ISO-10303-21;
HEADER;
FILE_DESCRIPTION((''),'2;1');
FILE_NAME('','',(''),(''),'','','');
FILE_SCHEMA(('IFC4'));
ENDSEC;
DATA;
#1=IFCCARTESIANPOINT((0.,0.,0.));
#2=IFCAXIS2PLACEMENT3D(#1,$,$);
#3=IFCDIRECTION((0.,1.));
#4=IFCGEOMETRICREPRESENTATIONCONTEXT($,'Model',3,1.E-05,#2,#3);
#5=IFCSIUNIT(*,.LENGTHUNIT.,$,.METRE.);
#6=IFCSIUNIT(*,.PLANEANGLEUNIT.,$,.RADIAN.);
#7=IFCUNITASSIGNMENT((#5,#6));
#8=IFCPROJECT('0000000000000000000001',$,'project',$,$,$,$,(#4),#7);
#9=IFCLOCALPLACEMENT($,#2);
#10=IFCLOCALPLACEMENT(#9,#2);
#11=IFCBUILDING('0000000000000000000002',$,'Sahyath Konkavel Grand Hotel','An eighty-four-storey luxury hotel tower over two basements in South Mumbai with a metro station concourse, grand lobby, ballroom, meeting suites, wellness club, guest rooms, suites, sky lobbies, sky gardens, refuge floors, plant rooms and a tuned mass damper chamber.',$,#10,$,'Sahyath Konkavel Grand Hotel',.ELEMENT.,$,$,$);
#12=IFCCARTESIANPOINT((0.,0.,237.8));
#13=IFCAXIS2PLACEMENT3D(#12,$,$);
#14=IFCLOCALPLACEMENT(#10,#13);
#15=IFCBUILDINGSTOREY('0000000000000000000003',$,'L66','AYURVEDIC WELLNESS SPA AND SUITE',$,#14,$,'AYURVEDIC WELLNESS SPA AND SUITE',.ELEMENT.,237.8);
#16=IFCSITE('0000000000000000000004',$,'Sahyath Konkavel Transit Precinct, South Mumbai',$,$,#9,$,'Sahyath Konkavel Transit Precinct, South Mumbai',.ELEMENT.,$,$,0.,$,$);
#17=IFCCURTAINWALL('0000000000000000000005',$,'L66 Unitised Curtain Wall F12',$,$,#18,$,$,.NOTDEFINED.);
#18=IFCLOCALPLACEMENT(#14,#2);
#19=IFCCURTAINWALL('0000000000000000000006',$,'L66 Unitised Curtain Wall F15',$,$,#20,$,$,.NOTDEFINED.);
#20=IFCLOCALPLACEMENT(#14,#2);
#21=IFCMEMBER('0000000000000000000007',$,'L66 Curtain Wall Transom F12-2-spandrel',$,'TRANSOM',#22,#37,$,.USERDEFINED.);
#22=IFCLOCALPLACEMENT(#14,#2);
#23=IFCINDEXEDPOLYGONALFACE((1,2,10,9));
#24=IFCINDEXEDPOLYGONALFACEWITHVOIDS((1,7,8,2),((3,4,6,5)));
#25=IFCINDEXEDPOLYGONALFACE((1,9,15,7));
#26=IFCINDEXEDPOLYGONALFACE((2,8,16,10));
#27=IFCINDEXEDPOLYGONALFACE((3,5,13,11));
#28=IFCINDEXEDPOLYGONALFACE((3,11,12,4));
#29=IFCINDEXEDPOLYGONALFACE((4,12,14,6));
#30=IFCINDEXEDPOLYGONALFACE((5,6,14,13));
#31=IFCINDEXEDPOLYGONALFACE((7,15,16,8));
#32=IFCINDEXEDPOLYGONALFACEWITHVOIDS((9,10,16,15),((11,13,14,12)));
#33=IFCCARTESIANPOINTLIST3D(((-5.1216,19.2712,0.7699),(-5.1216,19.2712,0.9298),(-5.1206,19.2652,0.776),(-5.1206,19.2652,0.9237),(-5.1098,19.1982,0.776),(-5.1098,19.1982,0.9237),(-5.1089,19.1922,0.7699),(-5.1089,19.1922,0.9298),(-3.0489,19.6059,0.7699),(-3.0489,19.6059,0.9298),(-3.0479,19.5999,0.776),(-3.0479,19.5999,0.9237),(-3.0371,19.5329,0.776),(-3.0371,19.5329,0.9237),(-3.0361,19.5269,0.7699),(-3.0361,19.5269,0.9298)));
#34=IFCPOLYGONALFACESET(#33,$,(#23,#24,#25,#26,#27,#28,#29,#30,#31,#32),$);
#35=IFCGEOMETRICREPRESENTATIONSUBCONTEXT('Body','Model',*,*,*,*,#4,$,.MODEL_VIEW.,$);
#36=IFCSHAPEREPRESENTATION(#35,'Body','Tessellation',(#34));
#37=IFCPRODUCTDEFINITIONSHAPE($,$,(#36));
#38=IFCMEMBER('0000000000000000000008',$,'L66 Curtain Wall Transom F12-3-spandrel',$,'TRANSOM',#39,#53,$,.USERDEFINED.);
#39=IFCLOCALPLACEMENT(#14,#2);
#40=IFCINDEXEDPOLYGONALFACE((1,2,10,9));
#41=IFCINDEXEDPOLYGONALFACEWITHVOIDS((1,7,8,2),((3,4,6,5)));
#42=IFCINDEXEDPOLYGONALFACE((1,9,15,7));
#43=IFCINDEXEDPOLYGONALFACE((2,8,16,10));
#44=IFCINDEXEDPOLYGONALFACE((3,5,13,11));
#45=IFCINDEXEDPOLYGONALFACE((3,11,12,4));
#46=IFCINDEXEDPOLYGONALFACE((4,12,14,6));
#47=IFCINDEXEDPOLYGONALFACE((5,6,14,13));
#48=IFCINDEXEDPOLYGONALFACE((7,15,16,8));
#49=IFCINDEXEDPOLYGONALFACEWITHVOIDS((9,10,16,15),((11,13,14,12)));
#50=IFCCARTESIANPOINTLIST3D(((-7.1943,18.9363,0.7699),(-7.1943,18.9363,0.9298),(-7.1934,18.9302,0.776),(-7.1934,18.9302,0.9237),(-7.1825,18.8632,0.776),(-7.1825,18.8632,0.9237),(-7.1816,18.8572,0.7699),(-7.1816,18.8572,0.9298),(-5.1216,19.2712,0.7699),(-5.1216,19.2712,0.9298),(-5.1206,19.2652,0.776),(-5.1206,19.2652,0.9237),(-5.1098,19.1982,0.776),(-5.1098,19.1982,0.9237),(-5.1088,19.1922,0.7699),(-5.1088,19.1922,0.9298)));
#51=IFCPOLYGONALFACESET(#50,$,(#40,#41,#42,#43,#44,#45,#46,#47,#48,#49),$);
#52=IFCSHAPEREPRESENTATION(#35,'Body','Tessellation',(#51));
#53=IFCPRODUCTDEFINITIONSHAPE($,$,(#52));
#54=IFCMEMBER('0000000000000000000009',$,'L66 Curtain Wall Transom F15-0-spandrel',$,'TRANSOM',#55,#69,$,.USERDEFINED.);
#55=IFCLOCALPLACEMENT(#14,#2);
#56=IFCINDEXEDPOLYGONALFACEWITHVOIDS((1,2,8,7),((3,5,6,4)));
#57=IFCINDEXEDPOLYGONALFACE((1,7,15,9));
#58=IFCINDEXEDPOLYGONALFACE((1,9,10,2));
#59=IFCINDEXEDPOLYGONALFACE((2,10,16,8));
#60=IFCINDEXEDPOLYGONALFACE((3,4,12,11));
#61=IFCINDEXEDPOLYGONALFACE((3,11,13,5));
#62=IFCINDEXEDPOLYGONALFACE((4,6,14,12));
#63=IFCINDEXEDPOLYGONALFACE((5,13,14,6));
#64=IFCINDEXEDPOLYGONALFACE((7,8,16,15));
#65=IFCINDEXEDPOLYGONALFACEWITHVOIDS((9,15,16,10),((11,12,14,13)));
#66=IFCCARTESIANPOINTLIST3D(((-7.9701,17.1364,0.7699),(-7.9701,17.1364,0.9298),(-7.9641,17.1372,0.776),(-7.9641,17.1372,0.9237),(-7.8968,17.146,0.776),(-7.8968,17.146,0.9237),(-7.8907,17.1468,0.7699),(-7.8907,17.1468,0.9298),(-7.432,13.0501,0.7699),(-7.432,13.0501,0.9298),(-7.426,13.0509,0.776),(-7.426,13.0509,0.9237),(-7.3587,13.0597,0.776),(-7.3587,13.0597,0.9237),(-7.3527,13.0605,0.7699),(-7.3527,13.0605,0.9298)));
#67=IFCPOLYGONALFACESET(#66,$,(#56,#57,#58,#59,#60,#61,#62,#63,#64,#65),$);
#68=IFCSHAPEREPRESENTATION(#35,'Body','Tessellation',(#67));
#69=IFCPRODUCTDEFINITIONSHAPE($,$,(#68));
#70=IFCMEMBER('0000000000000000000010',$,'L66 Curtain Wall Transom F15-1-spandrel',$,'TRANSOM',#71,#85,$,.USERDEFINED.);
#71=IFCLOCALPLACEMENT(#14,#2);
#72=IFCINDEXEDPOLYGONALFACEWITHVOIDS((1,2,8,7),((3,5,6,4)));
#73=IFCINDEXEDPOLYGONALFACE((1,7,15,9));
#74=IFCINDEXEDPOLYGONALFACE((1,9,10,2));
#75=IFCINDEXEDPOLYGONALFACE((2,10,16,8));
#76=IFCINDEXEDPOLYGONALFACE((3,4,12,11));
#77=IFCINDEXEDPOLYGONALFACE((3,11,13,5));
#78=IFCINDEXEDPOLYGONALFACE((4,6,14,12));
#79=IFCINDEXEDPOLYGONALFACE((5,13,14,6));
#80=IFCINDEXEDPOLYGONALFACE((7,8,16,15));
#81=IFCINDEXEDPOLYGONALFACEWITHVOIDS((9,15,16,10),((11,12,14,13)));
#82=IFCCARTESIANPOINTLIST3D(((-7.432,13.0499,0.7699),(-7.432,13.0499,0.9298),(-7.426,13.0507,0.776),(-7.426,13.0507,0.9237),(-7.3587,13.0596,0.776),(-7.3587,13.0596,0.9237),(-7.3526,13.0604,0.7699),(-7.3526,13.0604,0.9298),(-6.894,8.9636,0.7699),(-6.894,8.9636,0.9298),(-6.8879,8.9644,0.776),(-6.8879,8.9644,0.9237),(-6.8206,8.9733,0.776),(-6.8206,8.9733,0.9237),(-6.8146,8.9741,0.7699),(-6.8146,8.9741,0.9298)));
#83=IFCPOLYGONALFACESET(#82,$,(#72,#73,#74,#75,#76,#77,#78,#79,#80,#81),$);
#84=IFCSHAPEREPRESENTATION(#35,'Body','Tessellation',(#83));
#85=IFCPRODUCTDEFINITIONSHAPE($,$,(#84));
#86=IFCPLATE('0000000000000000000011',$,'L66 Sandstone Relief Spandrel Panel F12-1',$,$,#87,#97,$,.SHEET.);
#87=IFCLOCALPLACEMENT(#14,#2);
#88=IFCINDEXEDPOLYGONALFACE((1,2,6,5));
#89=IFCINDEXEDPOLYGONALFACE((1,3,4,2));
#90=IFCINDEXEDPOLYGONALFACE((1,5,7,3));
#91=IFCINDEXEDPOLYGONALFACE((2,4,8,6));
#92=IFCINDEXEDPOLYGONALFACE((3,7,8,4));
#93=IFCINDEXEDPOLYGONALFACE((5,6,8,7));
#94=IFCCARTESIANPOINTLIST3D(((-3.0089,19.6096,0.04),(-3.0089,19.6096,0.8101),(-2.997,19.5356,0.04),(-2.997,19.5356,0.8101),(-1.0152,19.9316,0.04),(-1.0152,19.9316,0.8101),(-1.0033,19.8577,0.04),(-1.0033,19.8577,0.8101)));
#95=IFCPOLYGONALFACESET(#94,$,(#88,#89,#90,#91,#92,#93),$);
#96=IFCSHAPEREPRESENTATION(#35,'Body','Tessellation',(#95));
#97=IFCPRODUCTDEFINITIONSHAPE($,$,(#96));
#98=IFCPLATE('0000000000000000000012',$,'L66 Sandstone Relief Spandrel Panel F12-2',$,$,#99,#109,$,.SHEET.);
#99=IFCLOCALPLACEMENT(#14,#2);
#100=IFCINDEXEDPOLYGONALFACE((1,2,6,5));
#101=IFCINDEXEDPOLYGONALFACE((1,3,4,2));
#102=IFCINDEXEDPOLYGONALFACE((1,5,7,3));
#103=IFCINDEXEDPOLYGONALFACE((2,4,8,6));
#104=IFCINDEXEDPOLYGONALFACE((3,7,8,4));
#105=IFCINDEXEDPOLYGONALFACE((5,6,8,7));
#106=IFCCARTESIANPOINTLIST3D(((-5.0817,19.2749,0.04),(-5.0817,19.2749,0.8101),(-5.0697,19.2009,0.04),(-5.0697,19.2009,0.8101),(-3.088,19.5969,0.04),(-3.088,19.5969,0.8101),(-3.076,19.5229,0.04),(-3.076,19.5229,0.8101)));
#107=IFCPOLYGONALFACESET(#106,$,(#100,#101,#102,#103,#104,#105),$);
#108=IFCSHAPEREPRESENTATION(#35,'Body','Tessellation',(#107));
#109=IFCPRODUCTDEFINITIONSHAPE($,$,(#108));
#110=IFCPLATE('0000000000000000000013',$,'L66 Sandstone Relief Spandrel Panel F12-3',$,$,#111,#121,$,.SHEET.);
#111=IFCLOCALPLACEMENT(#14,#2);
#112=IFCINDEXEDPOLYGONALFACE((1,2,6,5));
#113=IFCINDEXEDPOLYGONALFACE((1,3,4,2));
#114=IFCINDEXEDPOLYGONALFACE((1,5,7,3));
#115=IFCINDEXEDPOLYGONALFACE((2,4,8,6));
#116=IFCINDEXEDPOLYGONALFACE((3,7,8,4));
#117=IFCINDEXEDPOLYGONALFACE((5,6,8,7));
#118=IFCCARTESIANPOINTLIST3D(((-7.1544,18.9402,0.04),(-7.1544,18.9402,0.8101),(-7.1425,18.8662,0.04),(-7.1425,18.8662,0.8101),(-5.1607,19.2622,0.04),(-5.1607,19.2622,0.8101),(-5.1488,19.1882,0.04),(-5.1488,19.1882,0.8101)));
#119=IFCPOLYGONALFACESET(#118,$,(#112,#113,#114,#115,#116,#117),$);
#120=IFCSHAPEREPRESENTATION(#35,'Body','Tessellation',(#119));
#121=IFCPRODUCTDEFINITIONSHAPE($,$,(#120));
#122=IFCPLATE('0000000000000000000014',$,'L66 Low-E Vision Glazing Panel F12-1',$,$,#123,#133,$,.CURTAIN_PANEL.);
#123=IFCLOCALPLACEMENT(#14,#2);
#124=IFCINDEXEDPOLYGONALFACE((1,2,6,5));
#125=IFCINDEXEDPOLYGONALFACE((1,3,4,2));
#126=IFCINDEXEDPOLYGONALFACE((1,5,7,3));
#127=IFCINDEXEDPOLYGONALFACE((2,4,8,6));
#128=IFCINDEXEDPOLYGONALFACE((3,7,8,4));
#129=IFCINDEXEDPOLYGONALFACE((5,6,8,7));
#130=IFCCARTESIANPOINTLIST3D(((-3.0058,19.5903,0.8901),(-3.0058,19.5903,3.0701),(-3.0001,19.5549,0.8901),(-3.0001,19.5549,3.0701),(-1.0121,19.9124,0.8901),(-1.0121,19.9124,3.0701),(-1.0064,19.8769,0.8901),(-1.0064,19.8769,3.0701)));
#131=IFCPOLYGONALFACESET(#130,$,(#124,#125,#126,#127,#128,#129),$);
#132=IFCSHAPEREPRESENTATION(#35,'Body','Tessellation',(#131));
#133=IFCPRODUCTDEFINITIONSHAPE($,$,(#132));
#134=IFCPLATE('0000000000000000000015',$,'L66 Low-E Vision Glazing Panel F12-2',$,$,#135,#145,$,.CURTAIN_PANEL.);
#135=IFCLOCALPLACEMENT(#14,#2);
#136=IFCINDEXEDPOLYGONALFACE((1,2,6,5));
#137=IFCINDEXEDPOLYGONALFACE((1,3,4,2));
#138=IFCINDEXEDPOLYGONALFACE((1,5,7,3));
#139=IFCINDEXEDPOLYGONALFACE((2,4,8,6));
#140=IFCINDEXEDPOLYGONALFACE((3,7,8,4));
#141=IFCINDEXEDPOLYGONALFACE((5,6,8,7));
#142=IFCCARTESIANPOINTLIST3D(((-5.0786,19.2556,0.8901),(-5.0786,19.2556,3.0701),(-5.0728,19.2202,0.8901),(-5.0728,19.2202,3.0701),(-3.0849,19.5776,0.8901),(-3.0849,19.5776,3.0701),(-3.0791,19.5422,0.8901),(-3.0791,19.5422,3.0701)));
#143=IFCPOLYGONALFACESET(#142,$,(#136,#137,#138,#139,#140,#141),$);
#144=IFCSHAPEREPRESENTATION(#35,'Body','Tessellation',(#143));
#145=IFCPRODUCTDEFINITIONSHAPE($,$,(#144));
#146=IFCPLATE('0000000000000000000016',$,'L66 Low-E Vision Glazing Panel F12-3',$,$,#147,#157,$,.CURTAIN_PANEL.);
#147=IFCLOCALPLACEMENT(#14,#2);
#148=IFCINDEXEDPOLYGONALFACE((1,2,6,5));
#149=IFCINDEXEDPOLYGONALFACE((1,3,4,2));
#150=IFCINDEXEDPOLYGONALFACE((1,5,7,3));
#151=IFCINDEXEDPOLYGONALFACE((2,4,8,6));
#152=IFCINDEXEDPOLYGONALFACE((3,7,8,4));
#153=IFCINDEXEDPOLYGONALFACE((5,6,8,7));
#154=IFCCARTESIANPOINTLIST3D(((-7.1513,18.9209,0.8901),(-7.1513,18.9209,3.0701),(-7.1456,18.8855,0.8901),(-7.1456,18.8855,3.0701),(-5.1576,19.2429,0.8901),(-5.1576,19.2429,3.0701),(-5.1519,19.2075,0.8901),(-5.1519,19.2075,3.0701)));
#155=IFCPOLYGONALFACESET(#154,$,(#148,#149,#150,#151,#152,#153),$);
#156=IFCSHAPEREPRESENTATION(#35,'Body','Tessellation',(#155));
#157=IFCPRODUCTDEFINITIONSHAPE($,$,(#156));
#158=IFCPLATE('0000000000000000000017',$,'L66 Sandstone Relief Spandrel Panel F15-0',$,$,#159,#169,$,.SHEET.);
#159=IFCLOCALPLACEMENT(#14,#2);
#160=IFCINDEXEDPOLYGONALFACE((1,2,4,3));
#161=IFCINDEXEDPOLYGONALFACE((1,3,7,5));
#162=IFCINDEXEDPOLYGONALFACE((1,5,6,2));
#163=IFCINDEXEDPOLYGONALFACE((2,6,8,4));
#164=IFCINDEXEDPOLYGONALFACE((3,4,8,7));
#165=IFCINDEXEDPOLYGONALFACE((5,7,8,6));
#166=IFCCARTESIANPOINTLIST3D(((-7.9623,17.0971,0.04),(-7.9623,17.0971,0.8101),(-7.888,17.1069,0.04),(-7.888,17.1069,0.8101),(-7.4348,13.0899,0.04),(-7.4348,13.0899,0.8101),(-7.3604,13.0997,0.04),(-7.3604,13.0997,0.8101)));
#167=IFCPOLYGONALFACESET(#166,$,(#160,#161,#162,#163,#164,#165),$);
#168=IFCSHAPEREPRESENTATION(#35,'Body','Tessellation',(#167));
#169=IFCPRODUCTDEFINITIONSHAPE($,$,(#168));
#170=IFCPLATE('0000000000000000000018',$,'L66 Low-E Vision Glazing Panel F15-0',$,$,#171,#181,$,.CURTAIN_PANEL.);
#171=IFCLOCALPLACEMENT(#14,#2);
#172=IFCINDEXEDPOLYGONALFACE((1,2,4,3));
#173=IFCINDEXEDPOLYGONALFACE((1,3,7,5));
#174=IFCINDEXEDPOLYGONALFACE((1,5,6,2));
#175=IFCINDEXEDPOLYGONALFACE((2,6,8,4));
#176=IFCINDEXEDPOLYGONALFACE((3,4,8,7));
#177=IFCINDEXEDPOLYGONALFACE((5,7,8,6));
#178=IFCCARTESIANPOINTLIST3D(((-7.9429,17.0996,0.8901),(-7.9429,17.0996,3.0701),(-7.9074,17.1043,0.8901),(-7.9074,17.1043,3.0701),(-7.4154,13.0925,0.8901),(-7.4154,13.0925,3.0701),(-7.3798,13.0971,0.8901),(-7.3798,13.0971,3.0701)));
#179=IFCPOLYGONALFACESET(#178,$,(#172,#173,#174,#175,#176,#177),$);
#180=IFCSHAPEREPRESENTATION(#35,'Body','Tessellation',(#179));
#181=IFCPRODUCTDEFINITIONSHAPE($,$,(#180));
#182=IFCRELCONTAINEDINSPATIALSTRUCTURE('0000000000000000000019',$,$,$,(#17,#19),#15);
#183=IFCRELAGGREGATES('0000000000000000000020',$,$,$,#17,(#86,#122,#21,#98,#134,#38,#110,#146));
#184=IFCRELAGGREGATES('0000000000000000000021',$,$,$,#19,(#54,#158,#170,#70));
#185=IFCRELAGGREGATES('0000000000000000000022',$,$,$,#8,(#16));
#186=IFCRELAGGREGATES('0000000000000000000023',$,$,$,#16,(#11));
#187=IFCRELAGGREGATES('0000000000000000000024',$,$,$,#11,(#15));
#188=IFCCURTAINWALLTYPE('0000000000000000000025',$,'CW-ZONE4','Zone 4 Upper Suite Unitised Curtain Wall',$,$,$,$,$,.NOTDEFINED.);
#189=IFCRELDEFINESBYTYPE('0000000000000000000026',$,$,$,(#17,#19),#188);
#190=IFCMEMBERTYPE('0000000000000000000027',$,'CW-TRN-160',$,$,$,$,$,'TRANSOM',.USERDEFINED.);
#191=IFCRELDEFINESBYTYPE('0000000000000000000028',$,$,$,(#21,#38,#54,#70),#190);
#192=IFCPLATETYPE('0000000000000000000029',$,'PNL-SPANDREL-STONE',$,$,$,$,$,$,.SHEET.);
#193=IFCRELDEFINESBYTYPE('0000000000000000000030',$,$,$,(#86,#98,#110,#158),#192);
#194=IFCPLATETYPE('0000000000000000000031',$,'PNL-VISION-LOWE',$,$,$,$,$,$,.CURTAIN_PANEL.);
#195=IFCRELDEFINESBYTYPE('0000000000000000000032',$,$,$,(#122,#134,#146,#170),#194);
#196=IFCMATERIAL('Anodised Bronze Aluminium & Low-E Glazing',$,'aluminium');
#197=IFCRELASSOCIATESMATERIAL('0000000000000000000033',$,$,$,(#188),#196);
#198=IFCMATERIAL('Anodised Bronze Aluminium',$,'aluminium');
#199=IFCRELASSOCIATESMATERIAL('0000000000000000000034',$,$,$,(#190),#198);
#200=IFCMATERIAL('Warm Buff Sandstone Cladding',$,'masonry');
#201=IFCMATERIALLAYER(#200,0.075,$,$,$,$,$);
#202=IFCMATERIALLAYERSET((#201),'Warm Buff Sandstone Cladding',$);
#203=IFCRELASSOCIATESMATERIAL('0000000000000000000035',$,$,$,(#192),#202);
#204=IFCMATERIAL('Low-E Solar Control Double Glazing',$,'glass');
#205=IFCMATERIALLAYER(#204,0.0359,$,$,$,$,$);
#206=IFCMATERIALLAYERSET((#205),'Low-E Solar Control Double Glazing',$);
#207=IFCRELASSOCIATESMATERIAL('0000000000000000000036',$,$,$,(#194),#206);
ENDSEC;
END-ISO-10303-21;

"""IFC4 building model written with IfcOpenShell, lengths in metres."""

from ifc_helpers import new_model, si_unit, direction, frame, origin, origin_2d, place, context, subcontext, project, spatial, rectangle, hollow_rectangle, extrude, source, transform, mapped, material, layer, layer_set, material_profile, profile_set, type_object, element, aggregate, save


model = new_model("IFC4")

# Units and contexts
model_context = context("Model", 3, precision=1e-05, world=origin(), true_north=direction((0.0, 1.0)))
body_context = subcontext(model_context, "Body", "Model", "MODEL_VIEW")
ifc_project = project(units=[si_unit("LENGTHUNIT", "METRE"), si_unit("PLANEANGLEUNIT", "RADIAN")], contexts=[model_context])

# Site, building, storey
site_placement = place(None, origin())
site = spatial("IfcSite", under=ifc_project, at=site_placement, Name="Sahyath Konkavel Transit Precinct, South Mumbai", LongName="Sahyath Konkavel Transit Precinct, South Mumbai", CompositionType="ELEMENT", RefElevation=0.0)
building_placement = place(site_placement, origin())
building = spatial("IfcBuilding", under=site, at=building_placement, Name="Sahyath Konkavel Grand Hotel", Description="An eighty-four-storey luxury hotel tower over two basements in South Mumbai with a metro station concourse, grand lobby, ballroom, meeting suites, wellness club, guest rooms, suites, sky lobbies, sky gardens, refuge floors, plant rooms and a tuned mass damper chamber.", LongName="Sahyath Konkavel Grand Hotel", CompositionType="ELEMENT")
storey_placement = place(building_placement, frame((0.0, 0.0, 237.8)))
storey = spatial("IfcBuildingStorey", under=building, at=storey_placement, Name="L66", Description="AYURVEDIC WELLNESS SPA AND SUITE", LongName="AYURVEDIC WELLNESS SPA AND SUITE", CompositionType="ELEMENT", Elevation=237.8)

# Curtain wall
ifc_material_1 = material(Name="Anodised Bronze Aluminium & Low-E Glazing", Category="aluminium")
curtain_wall_type = type_object("IfcCurtainWallType", Name="CW-ZONE4", Description="Zone 4 Upper Suite Unitised Curtain Wall", PredefinedType="NOTDEFINED", material=ifc_material_1)
curtain_wall_1_placement = place(storey_placement, origin())
curtain_wall_1 = element("IfcCurtainWall", 1, at=curtain_wall_1_placement, inside=storey, type_object=curtain_wall_type, Name="L66 Unitised Curtain Wall F12", PredefinedType="NOTDEFINED")
ifc_material_2 = material(Name="Anodised Bronze Aluminium", Category="aluminium")

# Curtain wall
curtain_wall_2_placement = place(storey_placement, origin())
curtain_wall_2 = element("IfcCurtainWall", 2, at=curtain_wall_2_placement, inside=storey, type_object=curtain_wall_type, Name="L66 Unitised Curtain Wall F15", PredefinedType="NOTDEFINED")

# Members
ifc_material_profile_1 = material_profile(ifc_material_2, hollow_rectangle(XDim=0.0801, YDim=0.1599, WallThickness=0.0061, at=origin_2d()), Name="RHS 160x80x6")
ifc_profile_set_1 = profile_set([ifc_material_profile_1], Name="Anodised Bronze Aluminium")
member_type_1 = type_object("IfcMemberType", Name="CW-TRN-160", ElementType="TRANSOM", PredefinedType="USERDEFINED", material=ifc_profile_set_1)
shared_shape_1 = source(origin(), body_context, "Body", "SweptSolid", [
    extrude(hollow_rectangle(XDim=0.0801, YDim=0.1599, WallThickness=0.0061, at=origin_2d()), origin(), (0.0, 0.0, 1.0), 2.0996),
])
member_1_placement = place(storey_placement, frame((-3.0425, 19.5664, 0.8499), z_axis=(-0.987211, -0.159419, 0.0), x_axis=(0.159419, -0.987211, 0.0)))
member_1 = element("IfcMember", 3, at=member_1_placement, type_object=member_type_1, Name="L66 Curtain Wall Transom F12-2-spandrel", ObjectType="TRANSOM", PredefinedType="USERDEFINED", context=body_context, shape_type="MappedRepresentation", body=[
    mapped(shared_shape_1, transform((0.0, 0.0, 0.0), scale=1.0)),
])
member_2_placement = place(storey_placement, frame((-5.1152, 19.2317, 0.8499), z_axis=(-0.987193, -0.159532, 0.0), x_axis=(0.159532, -0.987193, 0.0)))
member_2 = element("IfcMember", 4, at=member_2_placement, type_object=member_type_1, Name="L66 Curtain Wall Transom F12-3-spandrel", ObjectType="TRANSOM", PredefinedType="USERDEFINED", context=body_context, shape_type="MappedRepresentation", body=[
    mapped(shared_shape_1, transform((0.0, 0.0, 0.0), scale=1.0)),
])
shared_shape_2 = source(origin(), body_context, "Body", "SweptSolid", [
    extrude(hollow_rectangle(XDim=0.0801, YDim=0.1599, WallThickness=0.0061, at=origin_2d()), origin(), (0.0, 0.0, 1.0), 4.1216),
])
member_3_placement = place(storey_placement, frame((-7.9304, 17.1416, 0.8499), z_axis=(0.13055, -0.991442, 0.0), x_axis=(0.991442, 0.13055, 0.0)))
member_3 = element("IfcMember", 5, at=member_3_placement, type_object=member_type_1, Name="L66 Curtain Wall Transom F15-0-spandrel", ObjectType="TRANSOM", PredefinedType="USERDEFINED", context=body_context, shape_type="MappedRepresentation", body=[
    mapped(shared_shape_2, transform((0.0, 0.0, 0.0), scale=1.0)),
])
member_4_placement = place(storey_placement, frame((-7.3923, 13.0552, 0.8499), z_axis=(0.13055, -0.991442, 0.0), x_axis=(0.991442, 0.13055, 0.0)))
member_4 = element("IfcMember", 6, at=member_4_placement, type_object=member_type_1, Name="L66 Curtain Wall Transom F15-1-spandrel", ObjectType="TRANSOM", PredefinedType="USERDEFINED", context=body_context, shape_type="MappedRepresentation", body=[
    mapped(shared_shape_2, transform((0.0, 0.0, 0.0), scale=1.0)),
])

# Plates
ifc_material_3 = material(Name="Warm Buff Sandstone Cladding", Category="masonry")
ifc_layer_1 = layer(ifc_material_3, 0.075)
ifc_layer_set_1 = layer_set([ifc_layer_1], Name="Warm Buff Sandstone Cladding")
plate_type_1 = type_object("IfcPlateType", Name="PNL-SPANDREL-STONE", PredefinedType="SHEET", material=ifc_layer_set_1)
shared_shape_3 = source(origin(), body_context, "Body", "SweptSolid", [
    extrude(rectangle(XDim=2.0195, YDim=0.075, at=origin_2d()), origin(), (0.0, 0.0, 1.0), 0.77),
])
plate_1_placement = place(storey_placement, frame((-2.0061, 19.7336, 0.04), z_axis=(0.0, 0.0, 1.0), x_axis=(-0.987206, -0.15945, 0.0)))
plate_1 = element("IfcPlate", 7, at=plate_1_placement, type_object=plate_type_1, Name="L66 Sandstone Relief Spandrel Panel F12-1", PredefinedType="SHEET", context=body_context, shape_type="MappedRepresentation", body=[
    mapped(shared_shape_3, transform((0.0, 0.0, 0.0), scale=1.0)),
])
plate_2_placement = place(storey_placement, frame((-4.0789, 19.3989, 0.04), z_axis=(0.0, 0.0, 1.0), x_axis=(-0.987206, -0.15945, 0.0)))
plate_2 = element("IfcPlate", 8, at=plate_2_placement, type_object=plate_type_1, Name="L66 Sandstone Relief Spandrel Panel F12-2", PredefinedType="SHEET", context=body_context, shape_type="MappedRepresentation", body=[
    mapped(shared_shape_3, transform((0.0, 0.0, 0.0), scale=1.0)),
])
plate_3_placement = place(storey_placement, frame((-6.1516, 19.0642, 0.04), z_axis=(0.0, 0.0, 1.0), x_axis=(-0.987206, -0.15945, 0.0)))
plate_3 = element("IfcPlate", 9, at=plate_3_placement, type_object=plate_type_1, Name="L66 Sandstone Relief Spandrel Panel F12-3", PredefinedType="SHEET", context=body_context, shape_type="MappedRepresentation", body=[
    mapped(shared_shape_3, transform((0.0, 0.0, 0.0), scale=1.0)),
])
ifc_material_4 = material(Name="Low-E Solar Control Double Glazing", Category="glass")
ifc_layer_2 = layer(ifc_material_4, 0.0359)
ifc_layer_set_2 = layer_set([ifc_layer_2], Name="Low-E Solar Control Double Glazing")
plate_type_2 = type_object("IfcPlateType", Name="PNL-VISION-LOWE", PredefinedType="CURTAIN_PANEL", material=ifc_layer_set_2)
shared_shape_4 = source(origin(), body_context, "Body", "SweptSolid", [
    extrude(rectangle(XDim=2.0195, YDim=0.0359, at=origin_2d()), origin(), (0.0, 0.0, 1.0), 2.1799),
])
plate_4_placement = place(storey_placement, frame((-2.0061, 19.7336, 0.8901), z_axis=(0.0, 0.0, 1.0), x_axis=(-0.987206, -0.15945, 0.0)))
plate_4 = element("IfcPlate", 10, at=plate_4_placement, type_object=plate_type_2, Name="L66 Low-E Vision Glazing Panel F12-1", PredefinedType="CURTAIN_PANEL", context=body_context, shape_type="MappedRepresentation", body=[
    mapped(shared_shape_4, transform((0.0, 0.0, 0.0), scale=1.0)),
])
plate_5_placement = place(storey_placement, frame((-4.0789, 19.3989, 0.8901), z_axis=(0.0, 0.0, 1.0), x_axis=(-0.987206, -0.15945, 0.0)))
plate_5 = element("IfcPlate", 11, at=plate_5_placement, type_object=plate_type_2, Name="L66 Low-E Vision Glazing Panel F12-2", PredefinedType="CURTAIN_PANEL", context=body_context, shape_type="MappedRepresentation", body=[
    mapped(shared_shape_4, transform((0.0, 0.0, 0.0), scale=1.0)),
])
plate_6_placement = place(storey_placement, frame((-6.1516, 19.0642, 0.8901), z_axis=(0.0, 0.0, 1.0), x_axis=(-0.987206, -0.15945, 0.0)))
plate_6 = element("IfcPlate", 12, at=plate_6_placement, type_object=plate_type_2, Name="L66 Low-E Vision Glazing Panel F12-3", PredefinedType="CURTAIN_PANEL", context=body_context, shape_type="MappedRepresentation", body=[
    mapped(shared_shape_4, transform((0.0, 0.0, 0.0), scale=1.0)),
])
aggregate(curtain_wall_1, [plate_1, plate_4, member_1, plate_2, plate_5, member_2, plate_3, plate_6])
shared_shape_5 = source(origin(), body_context, "Body", "SweptSolid", [
    extrude(rectangle(XDim=4.0417, YDim=0.075, at=origin_2d()), origin(), (0.0, 0.0, 1.0), 0.77),
])
plate_7_placement = place(storey_placement, frame((-7.6614, 15.0984, 0.04), z_axis=(0.0, 0.0, 1.0), x_axis=(0.130526, -0.991445, 0.0)))
plate_7 = element("IfcPlate", 13, at=plate_7_placement, type_object=plate_type_1, Name="L66 Sandstone Relief Spandrel Panel F15-0", PredefinedType="SHEET", context=body_context, shape_type="MappedRepresentation", body=[
    mapped(shared_shape_5, transform((0.0, 0.0, 0.0), scale=1.0)),
])
shared_shape_6 = source(origin(), body_context, "Body", "SweptSolid", [
    extrude(rectangle(XDim=4.0417, YDim=0.0359, at=origin_2d()), origin(), (0.0, 0.0, 1.0), 2.1799),
])
plate_8_placement = place(storey_placement, frame((-7.6614, 15.0984, 0.8901), z_axis=(0.0, 0.0, 1.0), x_axis=(0.130526, -0.991445, 0.0)))
plate_8 = element("IfcPlate", 14, at=plate_8_placement, type_object=plate_type_2, Name="L66 Low-E Vision Glazing Panel F15-0", PredefinedType="CURTAIN_PANEL", context=body_context, shape_type="MappedRepresentation", body=[
    mapped(shared_shape_6, transform((0.0, 0.0, 0.0), scale=1.0)),
])
aggregate(curtain_wall_2, [member_3, plate_7, plate_8, member_4])

save(model, "model.ifc")
